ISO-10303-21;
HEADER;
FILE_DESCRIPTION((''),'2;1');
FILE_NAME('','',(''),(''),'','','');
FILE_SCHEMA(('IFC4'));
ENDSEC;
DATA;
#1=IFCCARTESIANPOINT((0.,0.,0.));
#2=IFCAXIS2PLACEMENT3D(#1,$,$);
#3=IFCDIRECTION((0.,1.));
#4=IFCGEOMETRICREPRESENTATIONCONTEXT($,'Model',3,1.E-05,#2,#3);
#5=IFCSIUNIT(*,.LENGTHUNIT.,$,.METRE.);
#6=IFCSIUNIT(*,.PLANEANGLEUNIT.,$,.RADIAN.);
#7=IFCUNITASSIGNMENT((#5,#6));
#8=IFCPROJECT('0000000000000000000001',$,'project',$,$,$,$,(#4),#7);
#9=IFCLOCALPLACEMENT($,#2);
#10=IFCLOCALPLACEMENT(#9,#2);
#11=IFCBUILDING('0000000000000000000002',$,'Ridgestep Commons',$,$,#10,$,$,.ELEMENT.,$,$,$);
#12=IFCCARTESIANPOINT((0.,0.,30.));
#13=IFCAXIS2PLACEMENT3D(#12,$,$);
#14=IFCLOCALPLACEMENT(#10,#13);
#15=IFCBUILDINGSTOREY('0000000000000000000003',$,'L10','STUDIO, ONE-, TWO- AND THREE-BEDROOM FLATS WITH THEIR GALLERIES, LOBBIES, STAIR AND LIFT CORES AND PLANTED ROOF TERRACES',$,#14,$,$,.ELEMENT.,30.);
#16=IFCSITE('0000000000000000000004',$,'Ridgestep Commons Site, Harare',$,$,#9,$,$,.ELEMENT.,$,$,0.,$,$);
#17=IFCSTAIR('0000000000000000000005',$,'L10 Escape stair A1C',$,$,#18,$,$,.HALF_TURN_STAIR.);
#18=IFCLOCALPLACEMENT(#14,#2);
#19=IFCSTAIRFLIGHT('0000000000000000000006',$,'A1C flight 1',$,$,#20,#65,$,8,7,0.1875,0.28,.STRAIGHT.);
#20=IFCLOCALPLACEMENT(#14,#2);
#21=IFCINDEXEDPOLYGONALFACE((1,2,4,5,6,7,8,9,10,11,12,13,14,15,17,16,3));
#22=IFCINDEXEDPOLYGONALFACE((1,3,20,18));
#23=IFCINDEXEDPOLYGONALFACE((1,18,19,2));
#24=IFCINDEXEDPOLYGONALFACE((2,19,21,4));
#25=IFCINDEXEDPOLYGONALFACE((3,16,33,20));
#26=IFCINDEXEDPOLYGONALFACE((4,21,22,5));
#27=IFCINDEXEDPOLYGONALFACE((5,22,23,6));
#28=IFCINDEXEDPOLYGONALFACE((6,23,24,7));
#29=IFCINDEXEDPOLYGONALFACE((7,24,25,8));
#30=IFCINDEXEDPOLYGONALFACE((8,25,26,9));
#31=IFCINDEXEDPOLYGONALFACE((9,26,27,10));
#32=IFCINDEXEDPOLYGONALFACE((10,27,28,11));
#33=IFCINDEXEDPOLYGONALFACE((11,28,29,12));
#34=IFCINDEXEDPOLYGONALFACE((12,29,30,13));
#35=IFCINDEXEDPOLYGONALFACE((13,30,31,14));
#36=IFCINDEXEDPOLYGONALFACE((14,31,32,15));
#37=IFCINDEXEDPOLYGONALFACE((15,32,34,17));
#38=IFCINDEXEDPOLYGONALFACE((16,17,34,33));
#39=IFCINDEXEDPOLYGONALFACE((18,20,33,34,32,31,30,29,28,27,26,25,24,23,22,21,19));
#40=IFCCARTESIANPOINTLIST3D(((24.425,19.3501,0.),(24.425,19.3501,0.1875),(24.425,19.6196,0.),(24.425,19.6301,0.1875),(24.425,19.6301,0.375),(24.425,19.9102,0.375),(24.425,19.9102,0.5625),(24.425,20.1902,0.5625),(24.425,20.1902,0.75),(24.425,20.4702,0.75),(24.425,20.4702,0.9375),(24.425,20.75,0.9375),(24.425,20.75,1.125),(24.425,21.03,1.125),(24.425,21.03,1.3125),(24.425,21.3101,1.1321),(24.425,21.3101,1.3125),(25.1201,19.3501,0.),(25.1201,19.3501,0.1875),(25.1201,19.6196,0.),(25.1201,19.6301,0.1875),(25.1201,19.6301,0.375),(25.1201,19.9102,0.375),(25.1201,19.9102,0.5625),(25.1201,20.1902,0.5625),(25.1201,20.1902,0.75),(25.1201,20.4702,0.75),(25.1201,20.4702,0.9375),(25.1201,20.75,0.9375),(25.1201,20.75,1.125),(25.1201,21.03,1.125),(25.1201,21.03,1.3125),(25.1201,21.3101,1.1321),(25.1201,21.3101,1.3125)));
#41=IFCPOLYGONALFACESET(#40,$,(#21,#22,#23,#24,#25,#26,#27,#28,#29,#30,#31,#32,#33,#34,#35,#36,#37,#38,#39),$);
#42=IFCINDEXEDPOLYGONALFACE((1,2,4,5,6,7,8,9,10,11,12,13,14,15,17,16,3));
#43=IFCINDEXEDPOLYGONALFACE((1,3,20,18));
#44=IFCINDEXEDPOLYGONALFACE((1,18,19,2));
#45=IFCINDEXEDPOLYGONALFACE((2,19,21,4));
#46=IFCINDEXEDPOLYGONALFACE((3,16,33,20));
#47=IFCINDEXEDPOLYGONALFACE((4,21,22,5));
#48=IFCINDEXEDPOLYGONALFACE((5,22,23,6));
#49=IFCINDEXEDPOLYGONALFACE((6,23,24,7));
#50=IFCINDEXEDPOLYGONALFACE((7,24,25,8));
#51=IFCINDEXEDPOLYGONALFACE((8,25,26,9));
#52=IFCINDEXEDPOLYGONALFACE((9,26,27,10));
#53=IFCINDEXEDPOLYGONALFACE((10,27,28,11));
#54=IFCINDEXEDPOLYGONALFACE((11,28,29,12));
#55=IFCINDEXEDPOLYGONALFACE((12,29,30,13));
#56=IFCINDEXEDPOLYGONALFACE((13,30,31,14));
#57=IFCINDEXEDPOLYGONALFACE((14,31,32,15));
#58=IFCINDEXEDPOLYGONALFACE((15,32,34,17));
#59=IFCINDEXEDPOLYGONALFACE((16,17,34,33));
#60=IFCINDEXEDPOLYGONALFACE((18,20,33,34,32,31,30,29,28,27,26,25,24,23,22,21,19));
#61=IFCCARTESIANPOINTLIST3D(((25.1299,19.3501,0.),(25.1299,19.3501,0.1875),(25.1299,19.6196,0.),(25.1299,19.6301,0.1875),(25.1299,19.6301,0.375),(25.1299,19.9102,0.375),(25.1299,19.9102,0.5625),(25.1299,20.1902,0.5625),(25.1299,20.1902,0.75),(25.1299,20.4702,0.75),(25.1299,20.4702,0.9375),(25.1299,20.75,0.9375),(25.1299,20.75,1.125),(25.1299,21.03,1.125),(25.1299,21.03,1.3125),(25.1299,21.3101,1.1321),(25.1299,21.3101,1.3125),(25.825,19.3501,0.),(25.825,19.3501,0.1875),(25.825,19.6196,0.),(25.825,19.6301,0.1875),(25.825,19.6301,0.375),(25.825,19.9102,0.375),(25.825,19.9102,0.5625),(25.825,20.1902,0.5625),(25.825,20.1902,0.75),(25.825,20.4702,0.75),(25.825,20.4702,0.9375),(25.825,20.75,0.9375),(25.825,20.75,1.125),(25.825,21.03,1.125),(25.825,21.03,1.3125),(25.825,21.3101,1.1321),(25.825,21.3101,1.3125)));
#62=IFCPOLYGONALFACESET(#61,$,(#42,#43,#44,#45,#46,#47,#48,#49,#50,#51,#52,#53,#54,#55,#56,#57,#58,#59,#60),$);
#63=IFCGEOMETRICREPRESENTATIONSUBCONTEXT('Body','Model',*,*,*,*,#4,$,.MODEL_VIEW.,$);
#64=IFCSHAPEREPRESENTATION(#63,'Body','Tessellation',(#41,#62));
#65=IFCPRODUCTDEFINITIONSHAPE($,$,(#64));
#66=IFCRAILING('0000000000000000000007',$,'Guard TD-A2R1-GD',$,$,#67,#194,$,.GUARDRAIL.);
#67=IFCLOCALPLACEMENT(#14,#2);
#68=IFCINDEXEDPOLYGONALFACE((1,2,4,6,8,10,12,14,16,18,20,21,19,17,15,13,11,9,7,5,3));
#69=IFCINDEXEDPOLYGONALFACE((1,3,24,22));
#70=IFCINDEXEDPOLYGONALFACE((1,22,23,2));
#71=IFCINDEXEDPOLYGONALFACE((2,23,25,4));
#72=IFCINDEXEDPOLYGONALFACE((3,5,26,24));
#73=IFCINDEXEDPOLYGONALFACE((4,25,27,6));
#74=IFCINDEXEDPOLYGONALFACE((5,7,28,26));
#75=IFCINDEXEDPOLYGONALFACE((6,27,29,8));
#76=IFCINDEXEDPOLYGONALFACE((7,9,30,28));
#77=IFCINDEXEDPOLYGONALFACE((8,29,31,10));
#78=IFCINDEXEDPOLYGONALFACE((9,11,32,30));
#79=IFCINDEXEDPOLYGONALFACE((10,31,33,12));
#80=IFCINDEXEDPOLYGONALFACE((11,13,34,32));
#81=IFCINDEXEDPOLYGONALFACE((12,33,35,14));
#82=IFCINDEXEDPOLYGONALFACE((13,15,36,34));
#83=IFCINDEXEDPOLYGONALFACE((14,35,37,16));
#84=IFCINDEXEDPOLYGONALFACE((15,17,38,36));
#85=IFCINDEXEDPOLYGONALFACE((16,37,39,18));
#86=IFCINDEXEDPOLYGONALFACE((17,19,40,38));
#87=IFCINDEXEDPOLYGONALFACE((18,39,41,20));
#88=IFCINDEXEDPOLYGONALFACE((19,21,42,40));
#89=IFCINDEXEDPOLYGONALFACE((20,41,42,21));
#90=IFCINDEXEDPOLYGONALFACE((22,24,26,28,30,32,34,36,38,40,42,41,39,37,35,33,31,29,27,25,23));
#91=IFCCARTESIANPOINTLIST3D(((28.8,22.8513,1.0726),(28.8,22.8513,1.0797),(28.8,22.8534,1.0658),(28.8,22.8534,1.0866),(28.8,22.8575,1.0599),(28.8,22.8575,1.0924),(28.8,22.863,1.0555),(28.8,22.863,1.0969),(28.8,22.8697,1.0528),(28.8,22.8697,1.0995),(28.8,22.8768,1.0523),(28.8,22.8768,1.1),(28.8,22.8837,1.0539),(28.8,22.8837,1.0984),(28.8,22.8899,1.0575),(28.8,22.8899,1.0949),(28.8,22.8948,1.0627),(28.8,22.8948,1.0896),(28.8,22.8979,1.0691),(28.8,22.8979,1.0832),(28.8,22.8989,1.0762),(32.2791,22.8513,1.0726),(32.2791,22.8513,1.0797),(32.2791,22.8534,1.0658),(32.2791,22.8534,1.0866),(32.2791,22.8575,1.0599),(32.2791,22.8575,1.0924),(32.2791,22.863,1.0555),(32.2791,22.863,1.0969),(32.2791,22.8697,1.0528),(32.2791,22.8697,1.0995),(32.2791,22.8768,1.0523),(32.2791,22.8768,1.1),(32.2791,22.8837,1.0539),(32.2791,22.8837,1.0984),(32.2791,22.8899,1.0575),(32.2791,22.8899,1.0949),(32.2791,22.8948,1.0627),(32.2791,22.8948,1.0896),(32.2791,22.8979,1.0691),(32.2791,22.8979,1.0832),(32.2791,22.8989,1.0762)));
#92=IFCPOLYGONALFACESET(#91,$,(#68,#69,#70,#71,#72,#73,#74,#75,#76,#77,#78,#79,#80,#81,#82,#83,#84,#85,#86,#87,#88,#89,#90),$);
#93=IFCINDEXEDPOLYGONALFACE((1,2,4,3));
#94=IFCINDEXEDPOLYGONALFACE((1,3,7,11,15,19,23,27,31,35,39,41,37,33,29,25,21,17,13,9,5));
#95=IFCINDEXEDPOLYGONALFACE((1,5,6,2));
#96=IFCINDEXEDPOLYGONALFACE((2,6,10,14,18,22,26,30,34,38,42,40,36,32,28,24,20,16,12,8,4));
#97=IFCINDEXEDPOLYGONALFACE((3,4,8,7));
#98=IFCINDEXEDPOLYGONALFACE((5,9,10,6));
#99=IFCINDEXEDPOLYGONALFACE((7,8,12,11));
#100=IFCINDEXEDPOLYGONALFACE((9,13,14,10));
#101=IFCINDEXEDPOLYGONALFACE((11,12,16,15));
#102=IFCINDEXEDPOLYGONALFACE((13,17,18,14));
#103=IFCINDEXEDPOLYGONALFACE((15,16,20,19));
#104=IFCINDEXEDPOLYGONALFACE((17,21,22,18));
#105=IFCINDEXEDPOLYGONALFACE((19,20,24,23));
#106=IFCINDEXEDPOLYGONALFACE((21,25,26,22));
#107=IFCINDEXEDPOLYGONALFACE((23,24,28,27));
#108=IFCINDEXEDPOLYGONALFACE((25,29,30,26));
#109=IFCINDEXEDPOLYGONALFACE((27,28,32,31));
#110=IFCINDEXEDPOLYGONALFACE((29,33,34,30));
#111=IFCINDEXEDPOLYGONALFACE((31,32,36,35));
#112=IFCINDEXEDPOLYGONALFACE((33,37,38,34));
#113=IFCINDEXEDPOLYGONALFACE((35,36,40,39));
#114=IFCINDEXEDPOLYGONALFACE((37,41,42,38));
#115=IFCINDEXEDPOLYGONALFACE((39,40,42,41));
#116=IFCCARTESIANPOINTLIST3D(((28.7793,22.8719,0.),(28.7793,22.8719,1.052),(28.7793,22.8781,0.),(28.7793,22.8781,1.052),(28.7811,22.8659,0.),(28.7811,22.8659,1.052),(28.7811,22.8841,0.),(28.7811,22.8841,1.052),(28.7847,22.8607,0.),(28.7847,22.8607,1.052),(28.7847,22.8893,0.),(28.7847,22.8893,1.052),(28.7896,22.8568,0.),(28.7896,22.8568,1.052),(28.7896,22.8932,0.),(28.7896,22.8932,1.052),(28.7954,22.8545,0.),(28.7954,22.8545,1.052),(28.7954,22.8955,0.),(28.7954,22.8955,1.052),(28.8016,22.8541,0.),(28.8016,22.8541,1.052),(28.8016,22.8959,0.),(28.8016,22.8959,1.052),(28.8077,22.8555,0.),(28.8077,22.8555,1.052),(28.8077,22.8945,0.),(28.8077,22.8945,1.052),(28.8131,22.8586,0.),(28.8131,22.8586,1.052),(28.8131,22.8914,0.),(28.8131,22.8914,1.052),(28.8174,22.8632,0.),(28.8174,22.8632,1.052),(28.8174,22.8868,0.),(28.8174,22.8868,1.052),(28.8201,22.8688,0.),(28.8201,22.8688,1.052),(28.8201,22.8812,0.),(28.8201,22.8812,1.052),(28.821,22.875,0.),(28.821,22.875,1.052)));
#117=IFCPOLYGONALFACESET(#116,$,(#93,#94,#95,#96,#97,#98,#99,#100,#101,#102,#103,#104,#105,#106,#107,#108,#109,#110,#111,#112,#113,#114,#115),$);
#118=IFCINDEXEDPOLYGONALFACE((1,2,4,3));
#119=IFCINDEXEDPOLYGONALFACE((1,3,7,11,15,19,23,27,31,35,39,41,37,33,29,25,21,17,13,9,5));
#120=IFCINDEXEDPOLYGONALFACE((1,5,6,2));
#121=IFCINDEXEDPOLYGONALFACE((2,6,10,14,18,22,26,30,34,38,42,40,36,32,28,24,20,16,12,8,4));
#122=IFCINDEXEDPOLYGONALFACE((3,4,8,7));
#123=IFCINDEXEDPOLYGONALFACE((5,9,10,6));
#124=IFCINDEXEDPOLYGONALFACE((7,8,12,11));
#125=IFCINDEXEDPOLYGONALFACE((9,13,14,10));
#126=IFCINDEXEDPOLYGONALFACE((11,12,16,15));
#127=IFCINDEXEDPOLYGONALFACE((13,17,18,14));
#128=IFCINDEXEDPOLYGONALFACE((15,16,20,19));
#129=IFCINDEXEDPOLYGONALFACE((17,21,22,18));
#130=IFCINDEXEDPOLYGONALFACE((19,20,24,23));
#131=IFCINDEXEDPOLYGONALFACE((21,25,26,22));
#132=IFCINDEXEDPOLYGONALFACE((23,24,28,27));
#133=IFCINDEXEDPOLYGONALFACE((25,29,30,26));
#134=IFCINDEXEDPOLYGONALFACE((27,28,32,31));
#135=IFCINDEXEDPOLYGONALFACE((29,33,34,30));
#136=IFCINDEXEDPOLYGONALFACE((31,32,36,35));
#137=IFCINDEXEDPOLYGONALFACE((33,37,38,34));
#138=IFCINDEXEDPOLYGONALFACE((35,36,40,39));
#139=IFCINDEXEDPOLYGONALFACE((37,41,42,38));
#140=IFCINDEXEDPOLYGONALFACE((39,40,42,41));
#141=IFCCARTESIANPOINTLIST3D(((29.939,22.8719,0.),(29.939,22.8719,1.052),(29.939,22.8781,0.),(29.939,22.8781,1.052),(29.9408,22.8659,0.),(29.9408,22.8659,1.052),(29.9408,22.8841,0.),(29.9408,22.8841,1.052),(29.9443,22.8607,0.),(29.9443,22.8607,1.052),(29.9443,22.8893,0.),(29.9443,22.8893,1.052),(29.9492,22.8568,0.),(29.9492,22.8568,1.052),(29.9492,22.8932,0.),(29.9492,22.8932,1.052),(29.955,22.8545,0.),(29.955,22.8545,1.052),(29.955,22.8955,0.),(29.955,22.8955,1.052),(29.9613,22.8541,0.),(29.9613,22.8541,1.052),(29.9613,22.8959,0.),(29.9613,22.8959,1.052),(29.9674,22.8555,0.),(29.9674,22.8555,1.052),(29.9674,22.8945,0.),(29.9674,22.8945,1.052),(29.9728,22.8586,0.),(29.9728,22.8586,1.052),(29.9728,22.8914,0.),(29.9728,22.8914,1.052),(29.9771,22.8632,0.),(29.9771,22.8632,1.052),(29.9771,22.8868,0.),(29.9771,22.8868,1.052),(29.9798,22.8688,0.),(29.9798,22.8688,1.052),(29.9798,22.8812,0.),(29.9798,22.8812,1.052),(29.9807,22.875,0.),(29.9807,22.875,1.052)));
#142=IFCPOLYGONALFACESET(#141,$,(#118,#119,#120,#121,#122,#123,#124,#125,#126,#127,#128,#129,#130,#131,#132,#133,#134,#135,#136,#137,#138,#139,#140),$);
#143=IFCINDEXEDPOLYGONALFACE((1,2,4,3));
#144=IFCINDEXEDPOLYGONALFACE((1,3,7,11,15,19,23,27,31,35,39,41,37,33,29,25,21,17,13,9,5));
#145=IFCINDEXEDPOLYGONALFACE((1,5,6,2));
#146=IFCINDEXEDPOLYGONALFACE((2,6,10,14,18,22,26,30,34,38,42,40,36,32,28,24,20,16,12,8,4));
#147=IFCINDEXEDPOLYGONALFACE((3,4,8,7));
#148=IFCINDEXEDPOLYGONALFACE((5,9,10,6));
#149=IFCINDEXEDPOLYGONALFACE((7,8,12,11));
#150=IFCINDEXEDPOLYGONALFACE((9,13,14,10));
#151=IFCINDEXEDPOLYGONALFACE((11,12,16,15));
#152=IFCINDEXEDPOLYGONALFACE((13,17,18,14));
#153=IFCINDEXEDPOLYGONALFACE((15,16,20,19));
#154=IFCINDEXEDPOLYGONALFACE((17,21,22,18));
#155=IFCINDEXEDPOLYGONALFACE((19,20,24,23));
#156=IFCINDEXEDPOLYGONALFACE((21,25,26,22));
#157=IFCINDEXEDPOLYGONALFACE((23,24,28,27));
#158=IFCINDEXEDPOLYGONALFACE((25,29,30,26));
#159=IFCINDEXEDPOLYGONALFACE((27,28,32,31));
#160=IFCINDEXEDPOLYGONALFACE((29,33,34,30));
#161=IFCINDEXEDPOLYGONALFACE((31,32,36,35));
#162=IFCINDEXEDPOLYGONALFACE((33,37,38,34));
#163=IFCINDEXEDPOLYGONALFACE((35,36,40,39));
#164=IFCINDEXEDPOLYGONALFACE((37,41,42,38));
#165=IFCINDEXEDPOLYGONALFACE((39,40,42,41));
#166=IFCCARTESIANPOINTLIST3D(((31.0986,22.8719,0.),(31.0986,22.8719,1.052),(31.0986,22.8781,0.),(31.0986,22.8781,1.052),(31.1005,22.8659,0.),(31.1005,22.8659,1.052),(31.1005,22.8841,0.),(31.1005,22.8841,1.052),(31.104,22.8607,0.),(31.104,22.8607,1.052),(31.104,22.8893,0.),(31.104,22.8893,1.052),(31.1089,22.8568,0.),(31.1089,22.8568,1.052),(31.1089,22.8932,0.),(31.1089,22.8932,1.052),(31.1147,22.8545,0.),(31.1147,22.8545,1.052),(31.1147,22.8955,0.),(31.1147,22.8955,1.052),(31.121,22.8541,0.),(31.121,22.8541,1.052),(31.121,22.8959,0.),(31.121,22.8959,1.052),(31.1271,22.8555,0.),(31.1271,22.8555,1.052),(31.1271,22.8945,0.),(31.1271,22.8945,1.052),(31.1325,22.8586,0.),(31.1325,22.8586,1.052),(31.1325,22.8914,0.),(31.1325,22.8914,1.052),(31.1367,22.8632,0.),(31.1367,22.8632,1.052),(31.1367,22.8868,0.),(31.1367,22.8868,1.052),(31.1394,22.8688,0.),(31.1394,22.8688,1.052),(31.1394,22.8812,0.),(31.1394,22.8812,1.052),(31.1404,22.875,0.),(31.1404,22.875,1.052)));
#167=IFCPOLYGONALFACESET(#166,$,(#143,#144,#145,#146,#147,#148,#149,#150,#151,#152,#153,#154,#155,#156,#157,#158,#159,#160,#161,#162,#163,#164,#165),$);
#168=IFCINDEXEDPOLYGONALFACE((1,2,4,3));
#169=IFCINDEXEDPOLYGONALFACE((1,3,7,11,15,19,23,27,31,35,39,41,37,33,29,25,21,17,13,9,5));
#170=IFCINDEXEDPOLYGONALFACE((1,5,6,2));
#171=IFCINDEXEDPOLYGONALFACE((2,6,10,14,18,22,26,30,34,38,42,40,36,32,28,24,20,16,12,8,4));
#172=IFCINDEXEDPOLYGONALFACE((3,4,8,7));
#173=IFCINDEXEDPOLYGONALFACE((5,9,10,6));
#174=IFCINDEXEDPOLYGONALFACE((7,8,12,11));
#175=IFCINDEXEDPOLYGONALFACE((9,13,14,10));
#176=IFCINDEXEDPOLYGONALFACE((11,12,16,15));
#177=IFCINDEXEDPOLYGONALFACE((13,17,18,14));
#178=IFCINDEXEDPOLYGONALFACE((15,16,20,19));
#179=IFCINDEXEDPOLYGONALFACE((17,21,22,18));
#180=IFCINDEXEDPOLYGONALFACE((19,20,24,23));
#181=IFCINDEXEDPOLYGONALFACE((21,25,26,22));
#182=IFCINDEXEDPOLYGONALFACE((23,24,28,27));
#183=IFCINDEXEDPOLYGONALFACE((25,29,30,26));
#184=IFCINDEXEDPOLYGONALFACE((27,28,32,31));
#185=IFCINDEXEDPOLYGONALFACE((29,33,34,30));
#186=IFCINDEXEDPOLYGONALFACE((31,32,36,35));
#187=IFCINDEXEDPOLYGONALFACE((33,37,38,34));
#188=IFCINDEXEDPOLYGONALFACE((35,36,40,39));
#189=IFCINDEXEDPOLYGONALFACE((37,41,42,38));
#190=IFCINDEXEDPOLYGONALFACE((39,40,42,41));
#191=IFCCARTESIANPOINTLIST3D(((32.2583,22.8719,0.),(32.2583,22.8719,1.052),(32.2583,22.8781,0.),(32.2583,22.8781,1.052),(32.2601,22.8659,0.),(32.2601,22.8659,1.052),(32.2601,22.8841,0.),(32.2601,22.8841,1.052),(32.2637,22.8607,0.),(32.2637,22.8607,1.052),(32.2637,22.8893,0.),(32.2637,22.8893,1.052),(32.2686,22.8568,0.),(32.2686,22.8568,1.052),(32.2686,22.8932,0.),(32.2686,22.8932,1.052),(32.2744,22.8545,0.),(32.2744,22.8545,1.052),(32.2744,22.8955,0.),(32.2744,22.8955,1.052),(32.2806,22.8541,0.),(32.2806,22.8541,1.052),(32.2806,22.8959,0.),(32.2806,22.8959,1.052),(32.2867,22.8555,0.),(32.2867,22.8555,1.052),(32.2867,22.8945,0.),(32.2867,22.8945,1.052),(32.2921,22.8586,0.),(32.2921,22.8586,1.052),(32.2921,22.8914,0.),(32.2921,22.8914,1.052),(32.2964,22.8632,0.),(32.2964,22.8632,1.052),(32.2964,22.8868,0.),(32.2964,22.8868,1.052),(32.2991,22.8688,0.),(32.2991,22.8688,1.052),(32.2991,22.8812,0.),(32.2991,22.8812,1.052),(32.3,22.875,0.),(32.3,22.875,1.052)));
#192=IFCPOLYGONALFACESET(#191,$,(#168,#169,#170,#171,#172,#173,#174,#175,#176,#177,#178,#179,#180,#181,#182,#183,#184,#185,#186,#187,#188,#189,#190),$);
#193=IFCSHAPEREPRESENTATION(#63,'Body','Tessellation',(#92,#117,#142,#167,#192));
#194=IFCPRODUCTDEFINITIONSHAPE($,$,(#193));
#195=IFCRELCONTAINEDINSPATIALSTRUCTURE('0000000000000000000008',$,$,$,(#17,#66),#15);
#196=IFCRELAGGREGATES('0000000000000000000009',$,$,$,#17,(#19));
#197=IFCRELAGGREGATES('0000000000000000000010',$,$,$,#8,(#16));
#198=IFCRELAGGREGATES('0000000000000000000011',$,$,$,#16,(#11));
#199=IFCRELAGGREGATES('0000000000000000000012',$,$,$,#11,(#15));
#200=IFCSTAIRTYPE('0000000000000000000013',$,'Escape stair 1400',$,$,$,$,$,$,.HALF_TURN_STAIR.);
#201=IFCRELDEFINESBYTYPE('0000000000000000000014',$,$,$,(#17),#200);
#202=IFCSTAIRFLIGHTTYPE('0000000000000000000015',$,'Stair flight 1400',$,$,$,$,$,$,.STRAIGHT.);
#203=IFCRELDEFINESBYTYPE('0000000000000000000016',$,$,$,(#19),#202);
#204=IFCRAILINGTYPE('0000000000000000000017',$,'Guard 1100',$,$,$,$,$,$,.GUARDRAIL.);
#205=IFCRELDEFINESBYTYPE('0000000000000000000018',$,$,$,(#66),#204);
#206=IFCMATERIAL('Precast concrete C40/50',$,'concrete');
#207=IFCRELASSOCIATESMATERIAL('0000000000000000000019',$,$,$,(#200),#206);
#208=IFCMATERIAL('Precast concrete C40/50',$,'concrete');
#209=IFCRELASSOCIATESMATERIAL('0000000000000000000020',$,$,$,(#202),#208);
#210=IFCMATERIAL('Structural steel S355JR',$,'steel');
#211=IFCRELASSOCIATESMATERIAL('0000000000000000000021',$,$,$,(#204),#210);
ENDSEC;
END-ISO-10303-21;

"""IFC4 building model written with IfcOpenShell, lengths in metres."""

from ifc_helpers import new_model, si_unit, direction, frame, origin, origin_2d, place, context, subcontext, project, spatial, polyline, circle, outline, extrude, material, type_object, element, aggregate, save


model = new_model("IFC4")

# Units and contexts
model_context = context("Model", 3, precision=1e-05, world=origin(), true_north=direction((0.0, 1.0)))
body_context = subcontext(model_context, "Body", "Model", "MODEL_VIEW")
ifc_project = project(units=[si_unit("LENGTHUNIT", "METRE"), si_unit("PLANEANGLEUNIT", "RADIAN")], contexts=[model_context])

# Site, building, storey
site_placement = place(None, origin())
site = spatial("IfcSite", under=ifc_project, at=site_placement, Name="Ridgestep Commons Site, Harare", CompositionType="ELEMENT", RefElevation=0.0)
building_placement = place(site_placement, origin())
building = spatial("IfcBuilding", under=site, at=building_placement, Name="Ridgestep Commons", CompositionType="ELEMENT")
storey_placement = place(building_placement, frame((0.0, 0.0, 30.0)))
storey = spatial("IfcBuildingStorey", under=building, at=storey_placement, Name="L10", Description="STUDIO, ONE-, TWO- AND THREE-BEDROOM FLATS WITH THEIR GALLERIES, LOBBIES, STAIR AND LIFT CORES AND PLANTED ROOF TERRACES", CompositionType="ELEMENT", Elevation=30.0)

# Stair, stair flight
ifc_material_1 = material(Name="Precast concrete C40/50", Category="concrete")
stair_type = type_object("IfcStairType", Name="Escape stair 1400", PredefinedType="HALF_TURN_STAIR", material=ifc_material_1)
stair_placement = place(storey_placement, origin())
stair = element("IfcStair", 1, at=stair_placement, inside=storey, type_object=stair_type, Name="L10 Escape stair A1C", PredefinedType="HALF_TURN_STAIR")
ifc_material_2 = material(Name="Precast concrete C40/50", Category="concrete")
stair_flight_type = type_object("IfcStairFlightType", Name="Stair flight 1400", PredefinedType="STRAIGHT", material=ifc_material_2)
stair_flight_placement = place(storey_placement, frame((25.125, 19.3501, 0.0), z_axis=(0.0, 0.0, 1.0), x_axis=(0.0, 1.0, 0.0)))
stair_flight = element("IfcStairFlight", 2, at=stair_flight_placement, type_object=stair_flight_type, Name="A1C flight 1", NumberOfRisers=8, NumberOfTreads=7, PredefinedType="STRAIGHT", RiserHeight=0.1875, TreadLength=0.28, context=body_context, shape_type="SweptSolid", body=[
    extrude(outline(polyline([(0.0, 0.0), (0.0, 0.1875), (0.28, 0.1875), (0.28, 0.375), (0.5601, 0.375), (0.5601, 0.5625), (0.8401, 0.5625), (0.8401, 0.75), (1.1201, 0.75), (1.1201, 0.9375), (1.3999, 0.9375), (1.3999, 1.125), (1.6799, 1.125), (1.6799, 1.3125), (1.96, 1.3125), (1.96, 1.5), (1.96, 1.1321), (0.2695, 0.0), (0.0, 0.0)])), frame((0.0, 0.7, 0.0), z_axis=(0.0, -1.0, 0.0), x_axis=(1.0, 0.0, 0.0)), (0.0, 0.0, 1.0), 0.6951),
    extrude(outline(polyline([(0.0, 0.0), (0.0, 0.1875), (0.28, 0.1875), (0.28, 0.375), (0.5601, 0.375), (0.5601, 0.5625), (0.8401, 0.5625), (0.8401, 0.75), (1.1201, 0.75), (1.1201, 0.9375), (1.3999, 0.9375), (1.3999, 1.125), (1.6799, 1.125), (1.6799, 1.3125), (1.96, 1.3125), (1.96, 1.5), (1.96, 1.1321), (0.2695, 0.0), (0.0, 0.0)])), frame((0.0, -0.0049, 0.0), z_axis=(0.0, -1.0, 0.0), x_axis=(1.0, 0.0, 0.0)), (0.0, 0.0, 1.0), 0.6951),
])
aggregate(stair, [stair_flight])

# Railing
ifc_material_3 = material(Name="Structural steel S355JR", Category="steel")
railing_type_1 = type_object("IfcRailingType", Name="Guard 1100", PredefinedType="GUARDRAIL", material=ifc_material_3)
railing_1_placement = place(storey_placement, frame((28.8, 22.875, 0.0)))
element("IfcRailing", 3, at=railing_1_placement, inside=storey, type_object=railing_type_1, Name="Guard TD-A2R1-GD", PredefinedType="GUARDRAIL", context=body_context, shape_type="SweptSolid", body=[
    extrude(circle(Radius=0.0239, at=origin_2d()), frame((0.0, 0.0, 1.0762), z_axis=(1.0, 0.0, 0.0), x_axis=(0.0, 1.0, 0.0)), (0.0, 0.0, 1.0), 3.479),
    extrude(circle(Radius=0.021, at=origin_2d()), origin(), (0.0, 0.0, 1.0), 1.052),
    extrude(circle(Radius=0.021, at=origin_2d()), frame((1.1597, 0.0, 0.0)), (0.0, 0.0, 1.0), 1.052),
    extrude(circle(Radius=0.021, at=origin_2d()), frame((2.3193, 0.0, 0.0)), (0.0, 0.0, 1.0), 1.052),
    extrude(circle(Radius=0.021, at=origin_2d()), frame((3.479, 0.0, 0.0)), (0.0, 0.0, 1.0), 1.052),
])

save(model, "model.ifc")
